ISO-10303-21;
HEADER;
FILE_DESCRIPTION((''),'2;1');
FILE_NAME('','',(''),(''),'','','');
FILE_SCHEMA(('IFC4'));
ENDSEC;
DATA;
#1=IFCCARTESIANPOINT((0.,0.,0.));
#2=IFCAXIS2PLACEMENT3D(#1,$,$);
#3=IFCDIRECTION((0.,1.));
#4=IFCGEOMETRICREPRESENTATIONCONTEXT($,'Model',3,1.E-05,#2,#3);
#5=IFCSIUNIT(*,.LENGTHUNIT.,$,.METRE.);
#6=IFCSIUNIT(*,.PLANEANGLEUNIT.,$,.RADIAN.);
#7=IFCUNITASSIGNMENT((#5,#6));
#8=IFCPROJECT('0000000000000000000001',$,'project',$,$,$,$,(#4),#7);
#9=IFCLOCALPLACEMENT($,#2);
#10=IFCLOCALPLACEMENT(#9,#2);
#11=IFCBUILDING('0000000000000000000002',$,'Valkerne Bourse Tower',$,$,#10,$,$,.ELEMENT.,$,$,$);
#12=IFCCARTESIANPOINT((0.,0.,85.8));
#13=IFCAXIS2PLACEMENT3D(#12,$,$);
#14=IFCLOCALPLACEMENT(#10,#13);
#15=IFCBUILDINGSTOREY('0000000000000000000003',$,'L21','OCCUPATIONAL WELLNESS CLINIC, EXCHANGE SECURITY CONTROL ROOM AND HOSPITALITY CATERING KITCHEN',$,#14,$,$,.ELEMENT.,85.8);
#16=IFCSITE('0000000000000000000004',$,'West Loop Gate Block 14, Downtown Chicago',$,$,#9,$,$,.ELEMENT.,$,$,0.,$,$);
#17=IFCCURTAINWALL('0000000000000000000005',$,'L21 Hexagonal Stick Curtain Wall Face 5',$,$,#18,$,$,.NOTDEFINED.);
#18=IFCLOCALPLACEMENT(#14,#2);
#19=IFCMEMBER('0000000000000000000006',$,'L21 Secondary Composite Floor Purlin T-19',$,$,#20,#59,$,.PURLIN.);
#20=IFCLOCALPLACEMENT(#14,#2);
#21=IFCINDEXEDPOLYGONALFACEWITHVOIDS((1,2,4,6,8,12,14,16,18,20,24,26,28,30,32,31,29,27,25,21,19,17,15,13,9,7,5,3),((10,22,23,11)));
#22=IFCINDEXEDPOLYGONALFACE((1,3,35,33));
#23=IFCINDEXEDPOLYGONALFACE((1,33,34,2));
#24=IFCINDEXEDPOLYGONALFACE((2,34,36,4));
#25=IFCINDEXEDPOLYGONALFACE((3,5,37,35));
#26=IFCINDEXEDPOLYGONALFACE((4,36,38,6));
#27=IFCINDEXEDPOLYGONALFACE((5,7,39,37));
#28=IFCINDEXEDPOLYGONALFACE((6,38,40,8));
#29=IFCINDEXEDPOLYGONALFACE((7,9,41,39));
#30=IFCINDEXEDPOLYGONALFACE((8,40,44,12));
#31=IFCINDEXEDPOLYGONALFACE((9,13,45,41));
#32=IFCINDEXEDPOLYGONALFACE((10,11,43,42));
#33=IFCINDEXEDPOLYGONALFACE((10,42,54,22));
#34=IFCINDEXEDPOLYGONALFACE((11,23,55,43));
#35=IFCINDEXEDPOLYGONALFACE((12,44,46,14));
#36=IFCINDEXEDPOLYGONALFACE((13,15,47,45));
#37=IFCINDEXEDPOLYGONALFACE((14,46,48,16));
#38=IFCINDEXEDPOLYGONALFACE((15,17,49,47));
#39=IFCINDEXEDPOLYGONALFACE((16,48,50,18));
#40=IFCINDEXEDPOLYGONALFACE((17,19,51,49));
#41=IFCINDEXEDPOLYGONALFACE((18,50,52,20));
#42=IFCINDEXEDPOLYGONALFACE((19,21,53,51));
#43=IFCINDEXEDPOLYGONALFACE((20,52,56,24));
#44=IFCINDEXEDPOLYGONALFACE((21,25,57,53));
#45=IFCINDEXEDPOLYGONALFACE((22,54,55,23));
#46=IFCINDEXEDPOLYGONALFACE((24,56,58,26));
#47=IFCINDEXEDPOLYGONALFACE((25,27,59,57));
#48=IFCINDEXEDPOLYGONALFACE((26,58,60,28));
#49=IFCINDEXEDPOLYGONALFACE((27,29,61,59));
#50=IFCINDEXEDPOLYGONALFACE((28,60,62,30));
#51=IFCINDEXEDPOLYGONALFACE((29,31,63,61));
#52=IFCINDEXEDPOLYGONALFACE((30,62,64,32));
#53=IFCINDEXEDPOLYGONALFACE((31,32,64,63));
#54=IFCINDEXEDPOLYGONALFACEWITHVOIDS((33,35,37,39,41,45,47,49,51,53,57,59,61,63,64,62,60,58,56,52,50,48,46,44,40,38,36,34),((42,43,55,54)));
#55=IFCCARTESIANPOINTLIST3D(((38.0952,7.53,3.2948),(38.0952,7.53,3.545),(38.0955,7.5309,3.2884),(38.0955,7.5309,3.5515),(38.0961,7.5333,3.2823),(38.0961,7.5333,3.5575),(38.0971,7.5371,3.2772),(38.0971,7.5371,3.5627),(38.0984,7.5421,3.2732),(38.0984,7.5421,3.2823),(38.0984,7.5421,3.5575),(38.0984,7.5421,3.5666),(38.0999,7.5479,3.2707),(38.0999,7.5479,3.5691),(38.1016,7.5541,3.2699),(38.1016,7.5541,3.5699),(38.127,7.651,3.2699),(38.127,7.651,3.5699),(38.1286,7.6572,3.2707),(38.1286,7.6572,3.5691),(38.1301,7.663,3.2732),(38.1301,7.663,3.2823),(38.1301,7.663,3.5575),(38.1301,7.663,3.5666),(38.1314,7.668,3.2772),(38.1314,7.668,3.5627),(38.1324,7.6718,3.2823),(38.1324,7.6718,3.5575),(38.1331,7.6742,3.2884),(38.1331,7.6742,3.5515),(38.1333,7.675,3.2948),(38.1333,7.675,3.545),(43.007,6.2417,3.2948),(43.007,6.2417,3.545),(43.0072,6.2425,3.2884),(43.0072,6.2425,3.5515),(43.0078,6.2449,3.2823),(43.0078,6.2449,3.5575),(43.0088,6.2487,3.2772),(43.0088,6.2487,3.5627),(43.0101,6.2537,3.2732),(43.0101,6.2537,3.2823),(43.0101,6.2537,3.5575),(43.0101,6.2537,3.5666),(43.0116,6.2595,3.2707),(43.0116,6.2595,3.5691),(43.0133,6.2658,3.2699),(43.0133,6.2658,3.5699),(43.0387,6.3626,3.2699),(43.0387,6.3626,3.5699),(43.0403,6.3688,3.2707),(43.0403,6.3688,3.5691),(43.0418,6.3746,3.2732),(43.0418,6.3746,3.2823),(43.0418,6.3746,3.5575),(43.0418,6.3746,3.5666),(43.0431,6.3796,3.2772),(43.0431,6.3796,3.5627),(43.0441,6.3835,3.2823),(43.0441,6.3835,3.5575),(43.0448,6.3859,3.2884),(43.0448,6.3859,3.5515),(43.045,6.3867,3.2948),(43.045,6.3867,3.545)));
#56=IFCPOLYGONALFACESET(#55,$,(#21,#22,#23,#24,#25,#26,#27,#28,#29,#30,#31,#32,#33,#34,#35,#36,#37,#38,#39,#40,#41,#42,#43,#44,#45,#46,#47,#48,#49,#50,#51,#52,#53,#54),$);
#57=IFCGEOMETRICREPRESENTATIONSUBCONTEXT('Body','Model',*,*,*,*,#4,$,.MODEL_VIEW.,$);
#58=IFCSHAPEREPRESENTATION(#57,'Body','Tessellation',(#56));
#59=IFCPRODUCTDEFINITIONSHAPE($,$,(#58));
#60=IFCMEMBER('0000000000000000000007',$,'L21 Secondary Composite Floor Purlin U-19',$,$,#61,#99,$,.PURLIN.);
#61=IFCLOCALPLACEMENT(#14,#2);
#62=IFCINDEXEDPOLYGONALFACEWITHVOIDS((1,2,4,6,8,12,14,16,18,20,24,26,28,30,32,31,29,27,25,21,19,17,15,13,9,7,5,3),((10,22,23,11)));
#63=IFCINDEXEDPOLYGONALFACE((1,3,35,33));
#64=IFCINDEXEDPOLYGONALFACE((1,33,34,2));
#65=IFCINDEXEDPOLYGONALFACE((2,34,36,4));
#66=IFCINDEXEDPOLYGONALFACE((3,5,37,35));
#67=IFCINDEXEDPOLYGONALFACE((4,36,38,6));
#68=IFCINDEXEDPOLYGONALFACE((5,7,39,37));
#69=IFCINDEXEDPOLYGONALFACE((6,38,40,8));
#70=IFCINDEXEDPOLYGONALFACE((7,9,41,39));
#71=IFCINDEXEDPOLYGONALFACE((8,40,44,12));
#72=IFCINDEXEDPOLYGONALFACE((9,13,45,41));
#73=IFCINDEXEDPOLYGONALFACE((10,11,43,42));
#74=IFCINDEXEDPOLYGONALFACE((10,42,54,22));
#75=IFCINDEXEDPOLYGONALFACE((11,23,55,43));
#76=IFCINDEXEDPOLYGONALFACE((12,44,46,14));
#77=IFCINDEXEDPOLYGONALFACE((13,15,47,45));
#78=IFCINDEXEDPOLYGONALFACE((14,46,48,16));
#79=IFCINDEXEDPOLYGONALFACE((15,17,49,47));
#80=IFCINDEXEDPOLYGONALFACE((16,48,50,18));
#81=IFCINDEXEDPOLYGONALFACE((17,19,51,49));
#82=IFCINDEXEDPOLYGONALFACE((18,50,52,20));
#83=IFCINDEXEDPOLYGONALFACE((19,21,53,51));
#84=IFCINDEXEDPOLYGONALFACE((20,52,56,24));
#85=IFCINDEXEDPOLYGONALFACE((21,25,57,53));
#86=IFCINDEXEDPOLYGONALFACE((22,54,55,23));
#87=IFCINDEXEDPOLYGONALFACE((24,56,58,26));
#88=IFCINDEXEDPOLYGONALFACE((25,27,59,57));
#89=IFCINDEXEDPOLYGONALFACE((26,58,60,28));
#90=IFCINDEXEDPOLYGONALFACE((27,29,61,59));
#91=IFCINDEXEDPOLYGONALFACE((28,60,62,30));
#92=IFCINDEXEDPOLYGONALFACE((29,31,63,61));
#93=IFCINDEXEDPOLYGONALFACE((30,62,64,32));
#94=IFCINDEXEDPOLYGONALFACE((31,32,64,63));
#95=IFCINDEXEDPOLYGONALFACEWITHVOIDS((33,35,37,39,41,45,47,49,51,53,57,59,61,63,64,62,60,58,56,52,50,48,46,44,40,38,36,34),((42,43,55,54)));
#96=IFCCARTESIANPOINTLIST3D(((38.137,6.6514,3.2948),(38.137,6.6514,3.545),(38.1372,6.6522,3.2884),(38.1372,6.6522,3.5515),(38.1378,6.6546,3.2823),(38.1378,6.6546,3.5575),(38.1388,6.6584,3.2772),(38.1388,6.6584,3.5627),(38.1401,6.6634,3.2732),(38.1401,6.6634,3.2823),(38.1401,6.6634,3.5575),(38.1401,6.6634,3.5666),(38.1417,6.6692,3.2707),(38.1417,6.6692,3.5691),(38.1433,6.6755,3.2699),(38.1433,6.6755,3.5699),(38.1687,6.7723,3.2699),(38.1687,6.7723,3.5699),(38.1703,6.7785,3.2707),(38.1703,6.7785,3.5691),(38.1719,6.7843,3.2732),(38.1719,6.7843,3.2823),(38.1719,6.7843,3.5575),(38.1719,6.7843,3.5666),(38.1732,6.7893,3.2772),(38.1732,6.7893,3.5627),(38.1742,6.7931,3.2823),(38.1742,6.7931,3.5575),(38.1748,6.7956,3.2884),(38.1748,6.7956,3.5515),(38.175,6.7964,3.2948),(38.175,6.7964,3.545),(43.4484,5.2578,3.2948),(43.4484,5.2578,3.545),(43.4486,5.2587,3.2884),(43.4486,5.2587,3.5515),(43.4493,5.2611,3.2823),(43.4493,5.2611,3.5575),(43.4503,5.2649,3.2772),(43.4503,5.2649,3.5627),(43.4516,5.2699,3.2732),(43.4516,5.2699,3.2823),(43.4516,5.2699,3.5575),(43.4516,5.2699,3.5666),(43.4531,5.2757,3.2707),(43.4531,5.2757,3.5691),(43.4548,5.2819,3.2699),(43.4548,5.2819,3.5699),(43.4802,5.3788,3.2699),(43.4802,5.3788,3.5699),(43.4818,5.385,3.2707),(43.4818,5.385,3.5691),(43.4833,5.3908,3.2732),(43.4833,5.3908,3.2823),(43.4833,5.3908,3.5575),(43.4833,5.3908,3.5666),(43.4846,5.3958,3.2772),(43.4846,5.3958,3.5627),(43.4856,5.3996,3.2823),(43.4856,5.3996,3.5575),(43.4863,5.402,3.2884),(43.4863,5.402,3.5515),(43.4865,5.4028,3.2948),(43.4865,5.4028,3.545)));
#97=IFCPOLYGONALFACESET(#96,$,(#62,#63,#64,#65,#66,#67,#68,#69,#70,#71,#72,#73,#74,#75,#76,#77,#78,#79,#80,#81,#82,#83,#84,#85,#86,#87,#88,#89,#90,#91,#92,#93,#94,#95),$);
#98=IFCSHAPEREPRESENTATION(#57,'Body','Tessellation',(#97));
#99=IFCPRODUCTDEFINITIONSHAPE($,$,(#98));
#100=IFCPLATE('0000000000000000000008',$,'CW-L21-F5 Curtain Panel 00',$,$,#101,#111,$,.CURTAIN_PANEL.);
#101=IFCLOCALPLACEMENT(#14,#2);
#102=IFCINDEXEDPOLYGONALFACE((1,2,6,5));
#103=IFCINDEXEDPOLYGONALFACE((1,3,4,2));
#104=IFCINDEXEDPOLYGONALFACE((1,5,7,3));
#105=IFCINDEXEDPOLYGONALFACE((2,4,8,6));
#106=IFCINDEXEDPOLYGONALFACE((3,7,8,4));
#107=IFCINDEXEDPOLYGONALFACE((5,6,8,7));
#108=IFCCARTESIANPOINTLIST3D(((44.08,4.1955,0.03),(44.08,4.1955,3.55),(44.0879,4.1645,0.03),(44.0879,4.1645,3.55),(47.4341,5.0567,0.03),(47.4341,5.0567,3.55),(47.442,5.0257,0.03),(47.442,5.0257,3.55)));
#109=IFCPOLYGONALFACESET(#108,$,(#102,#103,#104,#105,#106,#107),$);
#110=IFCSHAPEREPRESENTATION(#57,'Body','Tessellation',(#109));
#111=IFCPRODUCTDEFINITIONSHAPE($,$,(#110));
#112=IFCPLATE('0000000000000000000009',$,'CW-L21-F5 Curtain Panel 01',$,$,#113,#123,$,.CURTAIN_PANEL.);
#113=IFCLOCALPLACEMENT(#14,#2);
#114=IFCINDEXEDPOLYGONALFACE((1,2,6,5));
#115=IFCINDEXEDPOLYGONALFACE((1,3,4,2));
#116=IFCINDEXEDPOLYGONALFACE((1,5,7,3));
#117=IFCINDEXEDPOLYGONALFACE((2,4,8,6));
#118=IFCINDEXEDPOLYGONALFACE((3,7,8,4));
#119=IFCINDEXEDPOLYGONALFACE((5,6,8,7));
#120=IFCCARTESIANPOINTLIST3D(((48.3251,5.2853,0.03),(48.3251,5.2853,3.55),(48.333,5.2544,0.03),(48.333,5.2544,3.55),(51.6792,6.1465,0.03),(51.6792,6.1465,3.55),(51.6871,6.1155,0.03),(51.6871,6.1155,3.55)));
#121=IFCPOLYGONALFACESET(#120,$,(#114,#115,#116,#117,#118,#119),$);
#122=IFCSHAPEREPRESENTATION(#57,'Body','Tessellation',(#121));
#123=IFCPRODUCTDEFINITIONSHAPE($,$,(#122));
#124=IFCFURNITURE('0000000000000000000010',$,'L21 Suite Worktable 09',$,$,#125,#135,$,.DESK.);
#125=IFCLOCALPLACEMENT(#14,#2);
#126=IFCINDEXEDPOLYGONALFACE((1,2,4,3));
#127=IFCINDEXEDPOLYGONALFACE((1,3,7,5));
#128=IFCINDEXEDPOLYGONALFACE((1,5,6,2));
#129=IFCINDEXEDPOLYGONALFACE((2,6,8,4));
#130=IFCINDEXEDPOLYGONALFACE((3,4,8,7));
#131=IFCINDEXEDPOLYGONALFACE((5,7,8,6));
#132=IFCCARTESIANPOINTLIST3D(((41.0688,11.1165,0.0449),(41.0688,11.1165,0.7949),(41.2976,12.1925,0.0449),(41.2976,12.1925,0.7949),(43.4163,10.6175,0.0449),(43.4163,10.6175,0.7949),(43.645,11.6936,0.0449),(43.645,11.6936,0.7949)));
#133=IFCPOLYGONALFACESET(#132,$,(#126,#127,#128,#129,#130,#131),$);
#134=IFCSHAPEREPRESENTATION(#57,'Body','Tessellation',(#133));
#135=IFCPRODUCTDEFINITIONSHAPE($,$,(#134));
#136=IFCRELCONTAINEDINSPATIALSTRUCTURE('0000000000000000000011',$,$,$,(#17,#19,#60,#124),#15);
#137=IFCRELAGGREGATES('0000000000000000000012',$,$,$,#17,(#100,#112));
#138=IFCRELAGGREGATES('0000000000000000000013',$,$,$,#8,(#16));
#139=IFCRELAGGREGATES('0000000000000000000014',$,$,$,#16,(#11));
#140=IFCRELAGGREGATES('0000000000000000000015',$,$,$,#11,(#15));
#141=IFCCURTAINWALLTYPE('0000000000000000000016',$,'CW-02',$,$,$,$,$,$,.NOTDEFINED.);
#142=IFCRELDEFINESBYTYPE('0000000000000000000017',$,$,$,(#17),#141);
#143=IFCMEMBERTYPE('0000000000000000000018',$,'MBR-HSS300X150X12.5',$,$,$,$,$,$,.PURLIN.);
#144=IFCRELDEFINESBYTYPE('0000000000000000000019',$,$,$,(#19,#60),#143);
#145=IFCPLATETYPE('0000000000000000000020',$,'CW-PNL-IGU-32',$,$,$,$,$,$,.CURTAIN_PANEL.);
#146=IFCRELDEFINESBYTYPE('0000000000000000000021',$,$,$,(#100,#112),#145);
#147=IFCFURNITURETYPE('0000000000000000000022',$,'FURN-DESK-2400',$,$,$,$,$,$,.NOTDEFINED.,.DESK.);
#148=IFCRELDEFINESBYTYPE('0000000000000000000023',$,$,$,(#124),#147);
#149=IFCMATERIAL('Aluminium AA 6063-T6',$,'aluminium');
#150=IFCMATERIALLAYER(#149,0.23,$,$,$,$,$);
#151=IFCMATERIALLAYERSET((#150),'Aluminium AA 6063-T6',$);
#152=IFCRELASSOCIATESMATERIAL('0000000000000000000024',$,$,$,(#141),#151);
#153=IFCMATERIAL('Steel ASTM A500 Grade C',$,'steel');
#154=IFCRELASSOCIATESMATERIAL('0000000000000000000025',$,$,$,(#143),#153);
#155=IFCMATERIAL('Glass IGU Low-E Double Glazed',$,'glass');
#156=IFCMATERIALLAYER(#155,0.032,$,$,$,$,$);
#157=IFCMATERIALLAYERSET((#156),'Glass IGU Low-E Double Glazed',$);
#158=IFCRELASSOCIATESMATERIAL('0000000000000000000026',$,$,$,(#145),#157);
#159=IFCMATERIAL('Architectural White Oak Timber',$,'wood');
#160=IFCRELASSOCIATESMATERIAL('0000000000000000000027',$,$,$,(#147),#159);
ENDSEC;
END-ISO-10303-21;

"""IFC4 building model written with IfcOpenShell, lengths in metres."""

from ifc_helpers import new_model, si_unit, direction, frame, origin, origin_2d, place, context, subcontext, project, spatial, rectangle, hollow_rectangle, extrude, material, layer, layer_set, material_profile, profile_set, type_object, element, aggregate, save


model = new_model("IFC4")

# Units and contexts
model_context = context("Model", 3, precision=1e-05, world=origin(), true_north=direction((0.0, 1.0)))
body_context = subcontext(model_context, "Body", "Model", "MODEL_VIEW")
ifc_project = project(units=[si_unit("LENGTHUNIT", "METRE"), si_unit("PLANEANGLEUNIT", "RADIAN")], contexts=[model_context])

# Site, building, storey
site_placement = place(None, origin())
site = spatial("IfcSite", under=ifc_project, at=site_placement, Name="West Loop Gate Block 14, Downtown Chicago", CompositionType="ELEMENT", RefElevation=0.0)
building_placement = place(site_placement, origin())
building = spatial("IfcBuilding", under=site, at=building_placement, Name="Valkerne Bourse Tower", CompositionType="ELEMENT")
storey_placement = place(building_placement, frame((0.0, 0.0, 85.8)))
storey = spatial("IfcBuildingStorey", under=building, at=storey_placement, Name="L21", Description="OCCUPATIONAL WELLNESS CLINIC, EXCHANGE SECURITY CONTROL ROOM AND HOSPITALITY CATERING KITCHEN", CompositionType="ELEMENT", Elevation=85.8)

# Shared definitions
ifc_material_1 = material(Name="Aluminium AA 6063-T6", Category="aluminium")
ifc_layer_1 = layer(ifc_material_1, 0.23)
ifc_layer_set_1 = layer_set([ifc_layer_1], Name="Aluminium AA 6063-T6")
curtain_wall_type = type_object("IfcCurtainWallType", Name="CW-02", PredefinedType="NOTDEFINED", material=ifc_layer_set_1)

# Curtain wall
curtain_wall_1_placement = place(storey_placement, origin())
curtain_wall_1 = element("IfcCurtainWall", 1, at=curtain_wall_1_placement, inside=storey, type_object=curtain_wall_type, Name="L21 Hexagonal Stick Curtain Wall Face 5", PredefinedType="NOTDEFINED")

# Members
ifc_material_2 = material(Name="Steel ASTM A500 Grade C", Category="steel")
ifc_material_profile_1 = material_profile(ifc_material_2, hollow_rectangle(XDim=0.1499, YDim=0.3, WallThickness=0.0125, OuterFilletRadius=0.0249, at=origin_2d()), Name="HSS300X150X12.5")
ifc_profile_set_1 = profile_set([ifc_material_profile_1], Name="Steel ASTM A500 Grade C")
member_type_1 = type_object("IfcMemberType", Name="MBR-HSS300X150X12.5", PredefinedType="PURLIN", material=ifc_profile_set_1)
member_1_placement = place(storey_placement, frame((38.1143, 7.6025, 3.4199), z_axis=(0.967278, -0.253719, 0.0), x_axis=(0.253719, 0.967278, 0.0)))
element("IfcMember", 2, at=member_1_placement, inside=storey, type_object=member_type_1, Name="L21 Secondary Composite Floor Purlin T-19", PredefinedType="PURLIN", context=body_context, shape_type="SweptSolid", body=[
    extrude(hollow_rectangle(XDim=0.1499, YDim=0.3, WallThickness=0.0125, OuterFilletRadius=0.0249, at=origin_2d()), origin(), (0.0, 0.0, 1.0), 5.0779),
])
member_2_placement = place(storey_placement, frame((38.156, 6.7239, 3.4199), z_axis=(0.967263, -0.253775, 0.0), x_axis=(0.253775, 0.967263, 0.0)))
element("IfcMember", 3, at=member_2_placement, inside=storey, type_object=member_type_1, Name="L21 Secondary Composite Floor Purlin U-19", PredefinedType="PURLIN", context=body_context, shape_type="SweptSolid", body=[
    extrude(hollow_rectangle(XDim=0.1499, YDim=0.3, WallThickness=0.0125, OuterFilletRadius=0.0249, at=origin_2d()), origin(), (0.0, 0.0, 1.0), 5.4912),
])

# Plates
ifc_material_3 = material(Name="Glass IGU Low-E Double Glazed", Category="glass")
ifc_layer_2 = layer(ifc_material_3, 0.032)
ifc_layer_set_2 = layer_set([ifc_layer_2], Name="Glass IGU Low-E Double Glazed")
plate_type = type_object("IfcPlateType", Name="CW-PNL-IGU-32", PredefinedType="CURTAIN_PANEL", material=ifc_layer_set_2)
plate_1_placement = place(storey_placement, frame((45.761, 4.6106, 0.03), z_axis=(0.0, 0.0, 1.0), x_axis=(0.968584, 0.248688, 0.0)))
plate_1 = element("IfcPlate", 4, at=plate_1_placement, type_object=plate_type, Name="CW-L21-F5 Curtain Panel 00", PredefinedType="CURTAIN_PANEL", context=body_context, shape_type="SweptSolid", body=[
    extrude(rectangle(XDim=3.4629, YDim=0.032, at=origin_2d()), origin(), (0.0, 0.0, 1.0), 3.52),
])
plate_2_placement = place(storey_placement, frame((50.0061, 5.7004, 0.03), z_axis=(0.0, 0.0, 1.0), x_axis=(0.968584, 0.248688, 0.0)))
plate_2 = element("IfcPlate", 5, at=plate_2_placement, type_object=plate_type, Name="CW-L21-F5 Curtain Panel 01", PredefinedType="CURTAIN_PANEL", context=body_context, shape_type="SweptSolid", body=[
    extrude(rectangle(XDim=3.4629, YDim=0.032, at=origin_2d()), origin(), (0.0, 0.0, 1.0), 3.52),
])
aggregate(curtain_wall_1, [plate_1, plate_2])

# Furniture
ifc_material_4 = material(Name="Architectural White Oak Timber", Category="wood")
furniture_type = type_object("IfcFurnitureType", Name="FURN-DESK-2400", AssemblyPlace="NOTDEFINED", PredefinedType="DESK", material=ifc_material_4)
furniture_placement = place(storey_placement, frame((42.3569, 11.405, 0.0449), z_axis=(0.0, 0.0, 1.0), x_axis=(-0.978148, 0.207912, 0.0)))
element("IfcFurniture", 6, at=furniture_placement, inside=storey, type_object=furniture_type, Name="L21 Suite Worktable 09", PredefinedType="DESK", context=body_context, shape_type="SweptSolid", body=[
    extrude(rectangle(XDim=2.3999, YDim=1.1001, at=origin_2d()), origin(), (0.0, 0.0, 1.0), 0.75),
])

save(model, "model.ifc")
